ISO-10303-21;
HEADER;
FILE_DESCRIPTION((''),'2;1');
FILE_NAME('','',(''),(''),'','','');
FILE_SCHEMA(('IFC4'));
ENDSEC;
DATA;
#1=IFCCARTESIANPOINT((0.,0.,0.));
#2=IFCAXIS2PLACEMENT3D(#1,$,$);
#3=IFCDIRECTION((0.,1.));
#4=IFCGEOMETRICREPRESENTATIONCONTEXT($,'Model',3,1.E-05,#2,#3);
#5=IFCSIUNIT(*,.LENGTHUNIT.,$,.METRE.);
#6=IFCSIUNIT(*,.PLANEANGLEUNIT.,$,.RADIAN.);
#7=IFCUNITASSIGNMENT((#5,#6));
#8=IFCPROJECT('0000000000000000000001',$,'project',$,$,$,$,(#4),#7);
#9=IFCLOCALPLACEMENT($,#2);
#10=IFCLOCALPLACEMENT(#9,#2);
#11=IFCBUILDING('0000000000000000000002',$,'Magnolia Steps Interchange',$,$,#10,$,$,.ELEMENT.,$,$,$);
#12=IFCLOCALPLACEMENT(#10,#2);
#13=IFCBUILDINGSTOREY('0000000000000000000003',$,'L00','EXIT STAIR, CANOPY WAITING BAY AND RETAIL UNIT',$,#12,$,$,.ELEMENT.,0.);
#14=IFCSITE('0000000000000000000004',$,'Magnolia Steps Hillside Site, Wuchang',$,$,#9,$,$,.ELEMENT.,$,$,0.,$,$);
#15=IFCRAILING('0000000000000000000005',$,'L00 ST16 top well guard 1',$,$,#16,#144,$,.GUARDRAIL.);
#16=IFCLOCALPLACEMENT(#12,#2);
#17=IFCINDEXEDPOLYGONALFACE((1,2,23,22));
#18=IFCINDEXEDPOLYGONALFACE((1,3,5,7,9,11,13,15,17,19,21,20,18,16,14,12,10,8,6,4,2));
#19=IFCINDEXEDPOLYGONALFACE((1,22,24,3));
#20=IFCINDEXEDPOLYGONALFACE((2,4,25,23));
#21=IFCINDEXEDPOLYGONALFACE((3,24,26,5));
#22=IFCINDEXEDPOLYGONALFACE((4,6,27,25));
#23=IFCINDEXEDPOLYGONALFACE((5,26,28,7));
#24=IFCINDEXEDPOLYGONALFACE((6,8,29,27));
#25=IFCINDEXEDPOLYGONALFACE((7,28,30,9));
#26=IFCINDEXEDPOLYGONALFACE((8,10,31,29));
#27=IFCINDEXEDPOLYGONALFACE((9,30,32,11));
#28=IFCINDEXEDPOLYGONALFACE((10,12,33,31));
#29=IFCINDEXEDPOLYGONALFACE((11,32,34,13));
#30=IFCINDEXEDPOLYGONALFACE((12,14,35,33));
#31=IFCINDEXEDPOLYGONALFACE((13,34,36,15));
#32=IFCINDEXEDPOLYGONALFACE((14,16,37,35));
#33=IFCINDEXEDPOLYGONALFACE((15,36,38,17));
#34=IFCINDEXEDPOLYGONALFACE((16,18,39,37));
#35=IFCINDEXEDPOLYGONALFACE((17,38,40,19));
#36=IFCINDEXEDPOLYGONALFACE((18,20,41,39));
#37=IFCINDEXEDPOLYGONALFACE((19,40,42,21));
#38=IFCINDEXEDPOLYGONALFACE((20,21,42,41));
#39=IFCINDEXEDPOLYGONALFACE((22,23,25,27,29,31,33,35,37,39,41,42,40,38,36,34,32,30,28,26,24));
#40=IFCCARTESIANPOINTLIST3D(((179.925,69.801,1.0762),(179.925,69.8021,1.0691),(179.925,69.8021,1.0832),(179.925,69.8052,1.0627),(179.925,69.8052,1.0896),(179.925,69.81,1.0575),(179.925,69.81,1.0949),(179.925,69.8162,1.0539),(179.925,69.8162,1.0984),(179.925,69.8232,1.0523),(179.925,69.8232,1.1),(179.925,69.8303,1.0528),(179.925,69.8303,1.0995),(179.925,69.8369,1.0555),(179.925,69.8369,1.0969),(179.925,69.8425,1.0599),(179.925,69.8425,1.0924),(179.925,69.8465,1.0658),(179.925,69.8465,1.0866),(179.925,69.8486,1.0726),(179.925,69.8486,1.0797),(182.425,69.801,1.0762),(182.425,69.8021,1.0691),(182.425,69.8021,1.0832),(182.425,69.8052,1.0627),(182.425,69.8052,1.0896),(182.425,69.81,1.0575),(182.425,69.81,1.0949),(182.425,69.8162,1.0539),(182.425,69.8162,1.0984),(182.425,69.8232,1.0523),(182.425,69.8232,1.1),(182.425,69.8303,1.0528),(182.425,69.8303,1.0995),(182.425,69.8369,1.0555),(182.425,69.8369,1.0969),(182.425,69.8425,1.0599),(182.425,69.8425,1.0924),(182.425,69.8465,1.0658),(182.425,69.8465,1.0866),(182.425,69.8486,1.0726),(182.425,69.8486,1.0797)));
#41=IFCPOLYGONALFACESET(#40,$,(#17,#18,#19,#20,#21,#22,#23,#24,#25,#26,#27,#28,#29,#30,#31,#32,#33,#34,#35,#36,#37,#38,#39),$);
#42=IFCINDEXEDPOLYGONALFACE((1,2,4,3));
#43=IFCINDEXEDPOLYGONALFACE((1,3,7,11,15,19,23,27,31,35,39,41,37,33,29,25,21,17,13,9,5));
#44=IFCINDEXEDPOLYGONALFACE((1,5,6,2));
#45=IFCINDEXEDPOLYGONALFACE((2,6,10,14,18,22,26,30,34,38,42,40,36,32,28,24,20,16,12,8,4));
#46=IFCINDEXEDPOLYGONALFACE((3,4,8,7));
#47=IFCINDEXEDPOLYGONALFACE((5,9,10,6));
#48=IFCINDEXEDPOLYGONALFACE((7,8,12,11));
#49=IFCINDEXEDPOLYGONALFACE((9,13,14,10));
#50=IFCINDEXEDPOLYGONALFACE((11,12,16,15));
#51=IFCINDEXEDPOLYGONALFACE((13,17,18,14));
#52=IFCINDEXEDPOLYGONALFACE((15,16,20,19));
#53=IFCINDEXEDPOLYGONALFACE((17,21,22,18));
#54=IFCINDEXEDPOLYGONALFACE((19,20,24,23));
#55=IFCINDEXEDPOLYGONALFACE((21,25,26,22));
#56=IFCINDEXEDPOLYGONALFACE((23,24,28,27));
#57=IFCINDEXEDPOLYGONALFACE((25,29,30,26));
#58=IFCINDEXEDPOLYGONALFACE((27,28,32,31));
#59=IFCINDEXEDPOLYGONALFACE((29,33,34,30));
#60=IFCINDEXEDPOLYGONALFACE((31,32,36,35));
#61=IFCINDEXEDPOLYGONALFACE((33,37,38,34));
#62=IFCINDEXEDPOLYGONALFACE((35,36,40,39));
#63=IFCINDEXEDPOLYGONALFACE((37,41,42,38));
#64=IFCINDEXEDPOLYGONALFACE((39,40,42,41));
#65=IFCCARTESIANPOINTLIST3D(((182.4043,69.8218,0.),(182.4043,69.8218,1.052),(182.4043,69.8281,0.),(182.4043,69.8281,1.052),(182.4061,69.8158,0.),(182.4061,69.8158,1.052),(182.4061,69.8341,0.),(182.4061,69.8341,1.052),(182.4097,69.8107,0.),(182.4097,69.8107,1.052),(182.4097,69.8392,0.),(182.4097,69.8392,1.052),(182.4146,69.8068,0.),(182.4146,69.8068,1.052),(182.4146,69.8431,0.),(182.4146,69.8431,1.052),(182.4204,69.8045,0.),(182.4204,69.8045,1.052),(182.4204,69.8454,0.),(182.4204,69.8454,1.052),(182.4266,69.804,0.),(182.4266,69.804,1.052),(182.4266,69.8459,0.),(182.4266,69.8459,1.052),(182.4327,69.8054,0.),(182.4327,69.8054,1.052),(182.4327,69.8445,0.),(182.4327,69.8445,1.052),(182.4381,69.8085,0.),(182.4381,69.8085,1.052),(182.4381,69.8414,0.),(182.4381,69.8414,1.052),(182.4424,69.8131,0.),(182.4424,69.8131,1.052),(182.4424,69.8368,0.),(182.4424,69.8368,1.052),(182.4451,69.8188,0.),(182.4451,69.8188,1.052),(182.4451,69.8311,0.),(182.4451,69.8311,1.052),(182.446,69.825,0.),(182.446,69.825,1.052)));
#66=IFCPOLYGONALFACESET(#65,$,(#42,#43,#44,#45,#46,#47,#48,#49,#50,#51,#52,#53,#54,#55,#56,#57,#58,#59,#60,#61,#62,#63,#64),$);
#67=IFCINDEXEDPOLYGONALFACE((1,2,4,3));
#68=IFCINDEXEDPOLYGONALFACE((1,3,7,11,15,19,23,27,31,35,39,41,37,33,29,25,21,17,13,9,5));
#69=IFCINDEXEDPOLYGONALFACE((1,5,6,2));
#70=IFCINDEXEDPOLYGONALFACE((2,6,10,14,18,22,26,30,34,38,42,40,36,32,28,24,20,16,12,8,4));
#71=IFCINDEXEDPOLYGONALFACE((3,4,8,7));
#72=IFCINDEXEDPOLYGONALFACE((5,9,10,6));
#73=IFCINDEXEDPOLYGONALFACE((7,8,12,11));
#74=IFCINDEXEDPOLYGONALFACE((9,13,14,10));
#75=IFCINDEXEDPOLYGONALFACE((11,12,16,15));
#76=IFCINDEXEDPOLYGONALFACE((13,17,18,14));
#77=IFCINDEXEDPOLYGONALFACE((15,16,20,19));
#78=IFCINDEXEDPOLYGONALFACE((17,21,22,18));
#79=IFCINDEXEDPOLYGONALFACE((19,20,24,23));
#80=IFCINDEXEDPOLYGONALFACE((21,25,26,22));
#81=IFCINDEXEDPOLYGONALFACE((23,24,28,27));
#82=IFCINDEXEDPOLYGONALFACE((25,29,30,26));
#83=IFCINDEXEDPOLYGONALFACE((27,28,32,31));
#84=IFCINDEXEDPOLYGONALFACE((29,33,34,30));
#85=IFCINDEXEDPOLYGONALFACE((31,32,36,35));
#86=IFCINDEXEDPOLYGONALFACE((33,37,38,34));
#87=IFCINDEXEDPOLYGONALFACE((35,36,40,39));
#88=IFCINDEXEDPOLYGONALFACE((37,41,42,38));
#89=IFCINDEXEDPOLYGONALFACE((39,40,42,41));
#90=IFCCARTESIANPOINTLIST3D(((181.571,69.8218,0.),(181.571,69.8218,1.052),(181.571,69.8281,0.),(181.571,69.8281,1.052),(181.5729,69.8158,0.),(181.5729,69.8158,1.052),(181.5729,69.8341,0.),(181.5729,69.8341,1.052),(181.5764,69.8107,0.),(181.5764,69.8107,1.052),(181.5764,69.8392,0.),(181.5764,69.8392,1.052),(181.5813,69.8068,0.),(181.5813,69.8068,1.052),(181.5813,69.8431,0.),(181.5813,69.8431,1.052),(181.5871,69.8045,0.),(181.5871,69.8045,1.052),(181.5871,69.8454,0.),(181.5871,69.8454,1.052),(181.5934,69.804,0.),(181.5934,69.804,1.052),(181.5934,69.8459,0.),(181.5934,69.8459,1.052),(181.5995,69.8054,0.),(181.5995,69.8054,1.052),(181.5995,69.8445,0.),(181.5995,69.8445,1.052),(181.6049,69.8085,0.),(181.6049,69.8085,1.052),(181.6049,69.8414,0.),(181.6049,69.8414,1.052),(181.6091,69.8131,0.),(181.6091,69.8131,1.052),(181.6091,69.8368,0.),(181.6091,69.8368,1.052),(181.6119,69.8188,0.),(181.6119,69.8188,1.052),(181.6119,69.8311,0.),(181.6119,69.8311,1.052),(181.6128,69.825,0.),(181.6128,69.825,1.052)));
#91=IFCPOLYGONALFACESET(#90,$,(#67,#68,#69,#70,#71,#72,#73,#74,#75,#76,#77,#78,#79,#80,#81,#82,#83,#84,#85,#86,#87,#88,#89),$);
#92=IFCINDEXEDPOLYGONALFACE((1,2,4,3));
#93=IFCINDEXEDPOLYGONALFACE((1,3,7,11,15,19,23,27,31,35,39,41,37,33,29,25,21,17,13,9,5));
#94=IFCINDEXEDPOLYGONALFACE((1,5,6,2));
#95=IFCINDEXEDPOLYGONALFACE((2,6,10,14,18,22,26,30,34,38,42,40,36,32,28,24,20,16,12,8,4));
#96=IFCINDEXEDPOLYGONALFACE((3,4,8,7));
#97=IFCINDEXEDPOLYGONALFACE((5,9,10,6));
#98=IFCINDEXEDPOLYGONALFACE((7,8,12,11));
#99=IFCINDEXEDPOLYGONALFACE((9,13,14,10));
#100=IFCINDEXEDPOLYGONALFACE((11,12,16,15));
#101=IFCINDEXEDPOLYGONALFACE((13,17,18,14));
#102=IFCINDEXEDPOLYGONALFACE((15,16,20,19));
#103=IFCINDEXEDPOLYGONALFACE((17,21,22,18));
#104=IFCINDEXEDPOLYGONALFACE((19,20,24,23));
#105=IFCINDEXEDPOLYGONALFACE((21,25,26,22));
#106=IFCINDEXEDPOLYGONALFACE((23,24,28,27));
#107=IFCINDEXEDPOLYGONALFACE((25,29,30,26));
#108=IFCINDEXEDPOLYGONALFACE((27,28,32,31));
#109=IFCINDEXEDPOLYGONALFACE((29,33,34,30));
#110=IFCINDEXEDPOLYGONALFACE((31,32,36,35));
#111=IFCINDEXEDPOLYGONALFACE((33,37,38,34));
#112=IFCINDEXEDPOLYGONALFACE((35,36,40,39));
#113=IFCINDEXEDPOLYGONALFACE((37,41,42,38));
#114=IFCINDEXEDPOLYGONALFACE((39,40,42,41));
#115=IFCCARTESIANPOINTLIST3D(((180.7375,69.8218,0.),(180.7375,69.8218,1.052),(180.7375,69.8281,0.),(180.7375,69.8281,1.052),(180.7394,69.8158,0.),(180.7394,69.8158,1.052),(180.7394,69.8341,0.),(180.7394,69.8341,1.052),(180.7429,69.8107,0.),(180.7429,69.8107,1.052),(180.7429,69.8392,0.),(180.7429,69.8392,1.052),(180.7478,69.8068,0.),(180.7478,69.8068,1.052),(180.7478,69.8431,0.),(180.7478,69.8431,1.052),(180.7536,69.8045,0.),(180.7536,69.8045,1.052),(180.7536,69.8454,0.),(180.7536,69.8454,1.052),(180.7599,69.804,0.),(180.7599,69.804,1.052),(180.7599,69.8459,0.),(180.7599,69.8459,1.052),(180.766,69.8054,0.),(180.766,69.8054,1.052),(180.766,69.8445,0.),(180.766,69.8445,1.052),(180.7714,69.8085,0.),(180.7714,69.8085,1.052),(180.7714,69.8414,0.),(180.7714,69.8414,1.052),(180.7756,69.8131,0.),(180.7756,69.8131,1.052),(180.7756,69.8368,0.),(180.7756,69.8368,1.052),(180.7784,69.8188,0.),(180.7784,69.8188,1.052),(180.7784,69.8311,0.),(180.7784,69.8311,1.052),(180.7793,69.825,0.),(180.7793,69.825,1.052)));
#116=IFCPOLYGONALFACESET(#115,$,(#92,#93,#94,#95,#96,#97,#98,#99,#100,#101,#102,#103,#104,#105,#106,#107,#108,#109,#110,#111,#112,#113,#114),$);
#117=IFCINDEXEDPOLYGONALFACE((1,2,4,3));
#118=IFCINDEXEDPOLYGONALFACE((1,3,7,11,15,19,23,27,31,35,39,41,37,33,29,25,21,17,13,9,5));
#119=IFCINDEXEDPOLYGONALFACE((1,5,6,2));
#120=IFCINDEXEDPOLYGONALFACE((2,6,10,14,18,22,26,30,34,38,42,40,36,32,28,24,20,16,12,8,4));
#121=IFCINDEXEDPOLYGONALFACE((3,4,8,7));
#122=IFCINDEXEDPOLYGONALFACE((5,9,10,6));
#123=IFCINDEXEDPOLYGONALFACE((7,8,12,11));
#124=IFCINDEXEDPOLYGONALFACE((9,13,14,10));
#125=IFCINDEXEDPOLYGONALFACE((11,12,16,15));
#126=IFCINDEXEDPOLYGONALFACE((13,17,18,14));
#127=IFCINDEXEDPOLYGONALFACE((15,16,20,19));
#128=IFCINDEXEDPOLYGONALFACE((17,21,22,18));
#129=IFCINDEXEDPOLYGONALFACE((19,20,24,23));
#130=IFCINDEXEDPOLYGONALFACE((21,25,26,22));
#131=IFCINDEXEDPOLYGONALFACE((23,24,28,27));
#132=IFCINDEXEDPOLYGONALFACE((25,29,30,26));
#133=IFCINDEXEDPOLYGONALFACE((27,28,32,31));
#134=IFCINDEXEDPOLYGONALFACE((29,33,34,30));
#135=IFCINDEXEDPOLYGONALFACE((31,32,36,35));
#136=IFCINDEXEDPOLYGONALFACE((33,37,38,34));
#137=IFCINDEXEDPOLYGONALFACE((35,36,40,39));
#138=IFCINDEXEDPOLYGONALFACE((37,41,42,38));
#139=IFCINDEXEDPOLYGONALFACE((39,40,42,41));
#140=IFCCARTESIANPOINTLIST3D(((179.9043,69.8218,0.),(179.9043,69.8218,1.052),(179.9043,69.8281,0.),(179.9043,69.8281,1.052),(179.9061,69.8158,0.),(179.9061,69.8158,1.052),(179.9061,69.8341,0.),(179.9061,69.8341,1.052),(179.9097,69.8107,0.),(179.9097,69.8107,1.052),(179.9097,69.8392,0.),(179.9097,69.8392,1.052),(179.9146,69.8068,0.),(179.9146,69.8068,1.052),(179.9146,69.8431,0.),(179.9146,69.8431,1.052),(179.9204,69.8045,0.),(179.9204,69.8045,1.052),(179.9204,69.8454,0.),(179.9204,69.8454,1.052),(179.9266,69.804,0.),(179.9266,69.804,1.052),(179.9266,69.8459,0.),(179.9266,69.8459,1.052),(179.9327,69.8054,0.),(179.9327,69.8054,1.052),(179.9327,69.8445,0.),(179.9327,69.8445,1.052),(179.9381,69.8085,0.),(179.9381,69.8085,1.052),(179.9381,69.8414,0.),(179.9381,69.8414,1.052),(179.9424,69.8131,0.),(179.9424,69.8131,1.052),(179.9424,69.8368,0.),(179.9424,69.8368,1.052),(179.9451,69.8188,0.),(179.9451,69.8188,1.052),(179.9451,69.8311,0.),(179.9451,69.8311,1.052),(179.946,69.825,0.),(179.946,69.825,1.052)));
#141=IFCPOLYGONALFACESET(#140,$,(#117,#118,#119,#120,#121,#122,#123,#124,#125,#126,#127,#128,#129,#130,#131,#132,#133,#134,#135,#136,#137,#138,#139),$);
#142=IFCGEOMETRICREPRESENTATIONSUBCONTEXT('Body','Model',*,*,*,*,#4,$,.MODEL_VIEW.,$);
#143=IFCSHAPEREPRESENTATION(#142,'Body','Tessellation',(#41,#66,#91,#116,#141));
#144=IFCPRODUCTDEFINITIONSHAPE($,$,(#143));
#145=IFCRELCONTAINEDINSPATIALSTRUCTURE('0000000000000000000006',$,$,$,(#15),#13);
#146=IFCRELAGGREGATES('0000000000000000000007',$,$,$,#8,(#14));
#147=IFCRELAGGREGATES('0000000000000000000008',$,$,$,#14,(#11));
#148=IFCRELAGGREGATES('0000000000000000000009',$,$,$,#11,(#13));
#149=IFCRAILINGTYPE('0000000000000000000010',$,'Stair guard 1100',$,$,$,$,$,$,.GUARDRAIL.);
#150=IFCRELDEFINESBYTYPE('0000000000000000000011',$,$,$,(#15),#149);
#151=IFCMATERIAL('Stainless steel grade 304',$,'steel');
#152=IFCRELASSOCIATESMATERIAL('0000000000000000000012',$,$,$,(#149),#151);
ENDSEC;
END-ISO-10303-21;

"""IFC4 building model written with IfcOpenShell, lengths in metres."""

from ifc_helpers import new_model, si_unit, direction, frame, origin, origin_2d, place, context, subcontext, project, spatial, circle, extrude, material, type_object, element, save


model = new_model("IFC4")

# Units and contexts
model_context = context("Model", 3, precision=1e-05, world=origin(), true_north=direction((0.0, 1.0)))
body_context = subcontext(model_context, "Body", "Model", "MODEL_VIEW")
ifc_project = project(units=[si_unit("LENGTHUNIT", "METRE"), si_unit("PLANEANGLEUNIT", "RADIAN")], contexts=[model_context])

# Site, building, storey
site_placement = place(None, origin())
site = spatial("IfcSite", under=ifc_project, at=site_placement, Name="Magnolia Steps Hillside Site, Wuchang", CompositionType="ELEMENT", RefElevation=0.0)
building_placement = place(site_placement, origin())
building = spatial("IfcBuilding", under=site, at=building_placement, Name="Magnolia Steps Interchange", CompositionType="ELEMENT")
storey_placement = place(building_placement, origin())
storey = spatial("IfcBuildingStorey", under=building, at=storey_placement, Name="L00", Description="EXIT STAIR, CANOPY WAITING BAY AND RETAIL UNIT", CompositionType="ELEMENT", Elevation=0.0)

# Railing
ifc_material_1 = material(Name="Stainless steel grade 304", Category="steel")
railing_type = type_object("IfcRailingType", Name="Stair guard 1100", PredefinedType="GUARDRAIL", material=ifc_material_1)
railing_placement = place(storey_placement, frame((182.425, 69.825, 0.0)))
element("IfcRailing", 1, at=railing_placement, inside=storey, type_object=railing_type, Name="L00 ST16 top well guard 1", PredefinedType="GUARDRAIL", context=body_context, shape_type="SweptSolid", body=[
    extrude(circle(Radius=0.0239, at=origin_2d()), frame((0.0, 0.0, 1.0762), z_axis=(-1.0, 0.0, 0.0), x_axis=(0.0, -1.0, 0.0)), (0.0, 0.0, 1.0), 2.5),
    extrude(circle(Radius=0.021, at=origin_2d()), origin(), (0.0, 0.0, 1.0), 1.052),
    extrude(circle(Radius=0.021, at=origin_2d()), frame((-0.8333, 0.0, 0.0)), (0.0, 0.0, 1.0), 1.052),
    extrude(circle(Radius=0.021, at=origin_2d()), frame((-1.6667, 0.0, 0.0)), (0.0, 0.0, 1.0), 1.052),
    extrude(circle(Radius=0.021, at=origin_2d()), frame((-2.5, 0.0, 0.0)), (0.0, 0.0, 1.0), 1.052),
])

save(model, "model.ifc")
